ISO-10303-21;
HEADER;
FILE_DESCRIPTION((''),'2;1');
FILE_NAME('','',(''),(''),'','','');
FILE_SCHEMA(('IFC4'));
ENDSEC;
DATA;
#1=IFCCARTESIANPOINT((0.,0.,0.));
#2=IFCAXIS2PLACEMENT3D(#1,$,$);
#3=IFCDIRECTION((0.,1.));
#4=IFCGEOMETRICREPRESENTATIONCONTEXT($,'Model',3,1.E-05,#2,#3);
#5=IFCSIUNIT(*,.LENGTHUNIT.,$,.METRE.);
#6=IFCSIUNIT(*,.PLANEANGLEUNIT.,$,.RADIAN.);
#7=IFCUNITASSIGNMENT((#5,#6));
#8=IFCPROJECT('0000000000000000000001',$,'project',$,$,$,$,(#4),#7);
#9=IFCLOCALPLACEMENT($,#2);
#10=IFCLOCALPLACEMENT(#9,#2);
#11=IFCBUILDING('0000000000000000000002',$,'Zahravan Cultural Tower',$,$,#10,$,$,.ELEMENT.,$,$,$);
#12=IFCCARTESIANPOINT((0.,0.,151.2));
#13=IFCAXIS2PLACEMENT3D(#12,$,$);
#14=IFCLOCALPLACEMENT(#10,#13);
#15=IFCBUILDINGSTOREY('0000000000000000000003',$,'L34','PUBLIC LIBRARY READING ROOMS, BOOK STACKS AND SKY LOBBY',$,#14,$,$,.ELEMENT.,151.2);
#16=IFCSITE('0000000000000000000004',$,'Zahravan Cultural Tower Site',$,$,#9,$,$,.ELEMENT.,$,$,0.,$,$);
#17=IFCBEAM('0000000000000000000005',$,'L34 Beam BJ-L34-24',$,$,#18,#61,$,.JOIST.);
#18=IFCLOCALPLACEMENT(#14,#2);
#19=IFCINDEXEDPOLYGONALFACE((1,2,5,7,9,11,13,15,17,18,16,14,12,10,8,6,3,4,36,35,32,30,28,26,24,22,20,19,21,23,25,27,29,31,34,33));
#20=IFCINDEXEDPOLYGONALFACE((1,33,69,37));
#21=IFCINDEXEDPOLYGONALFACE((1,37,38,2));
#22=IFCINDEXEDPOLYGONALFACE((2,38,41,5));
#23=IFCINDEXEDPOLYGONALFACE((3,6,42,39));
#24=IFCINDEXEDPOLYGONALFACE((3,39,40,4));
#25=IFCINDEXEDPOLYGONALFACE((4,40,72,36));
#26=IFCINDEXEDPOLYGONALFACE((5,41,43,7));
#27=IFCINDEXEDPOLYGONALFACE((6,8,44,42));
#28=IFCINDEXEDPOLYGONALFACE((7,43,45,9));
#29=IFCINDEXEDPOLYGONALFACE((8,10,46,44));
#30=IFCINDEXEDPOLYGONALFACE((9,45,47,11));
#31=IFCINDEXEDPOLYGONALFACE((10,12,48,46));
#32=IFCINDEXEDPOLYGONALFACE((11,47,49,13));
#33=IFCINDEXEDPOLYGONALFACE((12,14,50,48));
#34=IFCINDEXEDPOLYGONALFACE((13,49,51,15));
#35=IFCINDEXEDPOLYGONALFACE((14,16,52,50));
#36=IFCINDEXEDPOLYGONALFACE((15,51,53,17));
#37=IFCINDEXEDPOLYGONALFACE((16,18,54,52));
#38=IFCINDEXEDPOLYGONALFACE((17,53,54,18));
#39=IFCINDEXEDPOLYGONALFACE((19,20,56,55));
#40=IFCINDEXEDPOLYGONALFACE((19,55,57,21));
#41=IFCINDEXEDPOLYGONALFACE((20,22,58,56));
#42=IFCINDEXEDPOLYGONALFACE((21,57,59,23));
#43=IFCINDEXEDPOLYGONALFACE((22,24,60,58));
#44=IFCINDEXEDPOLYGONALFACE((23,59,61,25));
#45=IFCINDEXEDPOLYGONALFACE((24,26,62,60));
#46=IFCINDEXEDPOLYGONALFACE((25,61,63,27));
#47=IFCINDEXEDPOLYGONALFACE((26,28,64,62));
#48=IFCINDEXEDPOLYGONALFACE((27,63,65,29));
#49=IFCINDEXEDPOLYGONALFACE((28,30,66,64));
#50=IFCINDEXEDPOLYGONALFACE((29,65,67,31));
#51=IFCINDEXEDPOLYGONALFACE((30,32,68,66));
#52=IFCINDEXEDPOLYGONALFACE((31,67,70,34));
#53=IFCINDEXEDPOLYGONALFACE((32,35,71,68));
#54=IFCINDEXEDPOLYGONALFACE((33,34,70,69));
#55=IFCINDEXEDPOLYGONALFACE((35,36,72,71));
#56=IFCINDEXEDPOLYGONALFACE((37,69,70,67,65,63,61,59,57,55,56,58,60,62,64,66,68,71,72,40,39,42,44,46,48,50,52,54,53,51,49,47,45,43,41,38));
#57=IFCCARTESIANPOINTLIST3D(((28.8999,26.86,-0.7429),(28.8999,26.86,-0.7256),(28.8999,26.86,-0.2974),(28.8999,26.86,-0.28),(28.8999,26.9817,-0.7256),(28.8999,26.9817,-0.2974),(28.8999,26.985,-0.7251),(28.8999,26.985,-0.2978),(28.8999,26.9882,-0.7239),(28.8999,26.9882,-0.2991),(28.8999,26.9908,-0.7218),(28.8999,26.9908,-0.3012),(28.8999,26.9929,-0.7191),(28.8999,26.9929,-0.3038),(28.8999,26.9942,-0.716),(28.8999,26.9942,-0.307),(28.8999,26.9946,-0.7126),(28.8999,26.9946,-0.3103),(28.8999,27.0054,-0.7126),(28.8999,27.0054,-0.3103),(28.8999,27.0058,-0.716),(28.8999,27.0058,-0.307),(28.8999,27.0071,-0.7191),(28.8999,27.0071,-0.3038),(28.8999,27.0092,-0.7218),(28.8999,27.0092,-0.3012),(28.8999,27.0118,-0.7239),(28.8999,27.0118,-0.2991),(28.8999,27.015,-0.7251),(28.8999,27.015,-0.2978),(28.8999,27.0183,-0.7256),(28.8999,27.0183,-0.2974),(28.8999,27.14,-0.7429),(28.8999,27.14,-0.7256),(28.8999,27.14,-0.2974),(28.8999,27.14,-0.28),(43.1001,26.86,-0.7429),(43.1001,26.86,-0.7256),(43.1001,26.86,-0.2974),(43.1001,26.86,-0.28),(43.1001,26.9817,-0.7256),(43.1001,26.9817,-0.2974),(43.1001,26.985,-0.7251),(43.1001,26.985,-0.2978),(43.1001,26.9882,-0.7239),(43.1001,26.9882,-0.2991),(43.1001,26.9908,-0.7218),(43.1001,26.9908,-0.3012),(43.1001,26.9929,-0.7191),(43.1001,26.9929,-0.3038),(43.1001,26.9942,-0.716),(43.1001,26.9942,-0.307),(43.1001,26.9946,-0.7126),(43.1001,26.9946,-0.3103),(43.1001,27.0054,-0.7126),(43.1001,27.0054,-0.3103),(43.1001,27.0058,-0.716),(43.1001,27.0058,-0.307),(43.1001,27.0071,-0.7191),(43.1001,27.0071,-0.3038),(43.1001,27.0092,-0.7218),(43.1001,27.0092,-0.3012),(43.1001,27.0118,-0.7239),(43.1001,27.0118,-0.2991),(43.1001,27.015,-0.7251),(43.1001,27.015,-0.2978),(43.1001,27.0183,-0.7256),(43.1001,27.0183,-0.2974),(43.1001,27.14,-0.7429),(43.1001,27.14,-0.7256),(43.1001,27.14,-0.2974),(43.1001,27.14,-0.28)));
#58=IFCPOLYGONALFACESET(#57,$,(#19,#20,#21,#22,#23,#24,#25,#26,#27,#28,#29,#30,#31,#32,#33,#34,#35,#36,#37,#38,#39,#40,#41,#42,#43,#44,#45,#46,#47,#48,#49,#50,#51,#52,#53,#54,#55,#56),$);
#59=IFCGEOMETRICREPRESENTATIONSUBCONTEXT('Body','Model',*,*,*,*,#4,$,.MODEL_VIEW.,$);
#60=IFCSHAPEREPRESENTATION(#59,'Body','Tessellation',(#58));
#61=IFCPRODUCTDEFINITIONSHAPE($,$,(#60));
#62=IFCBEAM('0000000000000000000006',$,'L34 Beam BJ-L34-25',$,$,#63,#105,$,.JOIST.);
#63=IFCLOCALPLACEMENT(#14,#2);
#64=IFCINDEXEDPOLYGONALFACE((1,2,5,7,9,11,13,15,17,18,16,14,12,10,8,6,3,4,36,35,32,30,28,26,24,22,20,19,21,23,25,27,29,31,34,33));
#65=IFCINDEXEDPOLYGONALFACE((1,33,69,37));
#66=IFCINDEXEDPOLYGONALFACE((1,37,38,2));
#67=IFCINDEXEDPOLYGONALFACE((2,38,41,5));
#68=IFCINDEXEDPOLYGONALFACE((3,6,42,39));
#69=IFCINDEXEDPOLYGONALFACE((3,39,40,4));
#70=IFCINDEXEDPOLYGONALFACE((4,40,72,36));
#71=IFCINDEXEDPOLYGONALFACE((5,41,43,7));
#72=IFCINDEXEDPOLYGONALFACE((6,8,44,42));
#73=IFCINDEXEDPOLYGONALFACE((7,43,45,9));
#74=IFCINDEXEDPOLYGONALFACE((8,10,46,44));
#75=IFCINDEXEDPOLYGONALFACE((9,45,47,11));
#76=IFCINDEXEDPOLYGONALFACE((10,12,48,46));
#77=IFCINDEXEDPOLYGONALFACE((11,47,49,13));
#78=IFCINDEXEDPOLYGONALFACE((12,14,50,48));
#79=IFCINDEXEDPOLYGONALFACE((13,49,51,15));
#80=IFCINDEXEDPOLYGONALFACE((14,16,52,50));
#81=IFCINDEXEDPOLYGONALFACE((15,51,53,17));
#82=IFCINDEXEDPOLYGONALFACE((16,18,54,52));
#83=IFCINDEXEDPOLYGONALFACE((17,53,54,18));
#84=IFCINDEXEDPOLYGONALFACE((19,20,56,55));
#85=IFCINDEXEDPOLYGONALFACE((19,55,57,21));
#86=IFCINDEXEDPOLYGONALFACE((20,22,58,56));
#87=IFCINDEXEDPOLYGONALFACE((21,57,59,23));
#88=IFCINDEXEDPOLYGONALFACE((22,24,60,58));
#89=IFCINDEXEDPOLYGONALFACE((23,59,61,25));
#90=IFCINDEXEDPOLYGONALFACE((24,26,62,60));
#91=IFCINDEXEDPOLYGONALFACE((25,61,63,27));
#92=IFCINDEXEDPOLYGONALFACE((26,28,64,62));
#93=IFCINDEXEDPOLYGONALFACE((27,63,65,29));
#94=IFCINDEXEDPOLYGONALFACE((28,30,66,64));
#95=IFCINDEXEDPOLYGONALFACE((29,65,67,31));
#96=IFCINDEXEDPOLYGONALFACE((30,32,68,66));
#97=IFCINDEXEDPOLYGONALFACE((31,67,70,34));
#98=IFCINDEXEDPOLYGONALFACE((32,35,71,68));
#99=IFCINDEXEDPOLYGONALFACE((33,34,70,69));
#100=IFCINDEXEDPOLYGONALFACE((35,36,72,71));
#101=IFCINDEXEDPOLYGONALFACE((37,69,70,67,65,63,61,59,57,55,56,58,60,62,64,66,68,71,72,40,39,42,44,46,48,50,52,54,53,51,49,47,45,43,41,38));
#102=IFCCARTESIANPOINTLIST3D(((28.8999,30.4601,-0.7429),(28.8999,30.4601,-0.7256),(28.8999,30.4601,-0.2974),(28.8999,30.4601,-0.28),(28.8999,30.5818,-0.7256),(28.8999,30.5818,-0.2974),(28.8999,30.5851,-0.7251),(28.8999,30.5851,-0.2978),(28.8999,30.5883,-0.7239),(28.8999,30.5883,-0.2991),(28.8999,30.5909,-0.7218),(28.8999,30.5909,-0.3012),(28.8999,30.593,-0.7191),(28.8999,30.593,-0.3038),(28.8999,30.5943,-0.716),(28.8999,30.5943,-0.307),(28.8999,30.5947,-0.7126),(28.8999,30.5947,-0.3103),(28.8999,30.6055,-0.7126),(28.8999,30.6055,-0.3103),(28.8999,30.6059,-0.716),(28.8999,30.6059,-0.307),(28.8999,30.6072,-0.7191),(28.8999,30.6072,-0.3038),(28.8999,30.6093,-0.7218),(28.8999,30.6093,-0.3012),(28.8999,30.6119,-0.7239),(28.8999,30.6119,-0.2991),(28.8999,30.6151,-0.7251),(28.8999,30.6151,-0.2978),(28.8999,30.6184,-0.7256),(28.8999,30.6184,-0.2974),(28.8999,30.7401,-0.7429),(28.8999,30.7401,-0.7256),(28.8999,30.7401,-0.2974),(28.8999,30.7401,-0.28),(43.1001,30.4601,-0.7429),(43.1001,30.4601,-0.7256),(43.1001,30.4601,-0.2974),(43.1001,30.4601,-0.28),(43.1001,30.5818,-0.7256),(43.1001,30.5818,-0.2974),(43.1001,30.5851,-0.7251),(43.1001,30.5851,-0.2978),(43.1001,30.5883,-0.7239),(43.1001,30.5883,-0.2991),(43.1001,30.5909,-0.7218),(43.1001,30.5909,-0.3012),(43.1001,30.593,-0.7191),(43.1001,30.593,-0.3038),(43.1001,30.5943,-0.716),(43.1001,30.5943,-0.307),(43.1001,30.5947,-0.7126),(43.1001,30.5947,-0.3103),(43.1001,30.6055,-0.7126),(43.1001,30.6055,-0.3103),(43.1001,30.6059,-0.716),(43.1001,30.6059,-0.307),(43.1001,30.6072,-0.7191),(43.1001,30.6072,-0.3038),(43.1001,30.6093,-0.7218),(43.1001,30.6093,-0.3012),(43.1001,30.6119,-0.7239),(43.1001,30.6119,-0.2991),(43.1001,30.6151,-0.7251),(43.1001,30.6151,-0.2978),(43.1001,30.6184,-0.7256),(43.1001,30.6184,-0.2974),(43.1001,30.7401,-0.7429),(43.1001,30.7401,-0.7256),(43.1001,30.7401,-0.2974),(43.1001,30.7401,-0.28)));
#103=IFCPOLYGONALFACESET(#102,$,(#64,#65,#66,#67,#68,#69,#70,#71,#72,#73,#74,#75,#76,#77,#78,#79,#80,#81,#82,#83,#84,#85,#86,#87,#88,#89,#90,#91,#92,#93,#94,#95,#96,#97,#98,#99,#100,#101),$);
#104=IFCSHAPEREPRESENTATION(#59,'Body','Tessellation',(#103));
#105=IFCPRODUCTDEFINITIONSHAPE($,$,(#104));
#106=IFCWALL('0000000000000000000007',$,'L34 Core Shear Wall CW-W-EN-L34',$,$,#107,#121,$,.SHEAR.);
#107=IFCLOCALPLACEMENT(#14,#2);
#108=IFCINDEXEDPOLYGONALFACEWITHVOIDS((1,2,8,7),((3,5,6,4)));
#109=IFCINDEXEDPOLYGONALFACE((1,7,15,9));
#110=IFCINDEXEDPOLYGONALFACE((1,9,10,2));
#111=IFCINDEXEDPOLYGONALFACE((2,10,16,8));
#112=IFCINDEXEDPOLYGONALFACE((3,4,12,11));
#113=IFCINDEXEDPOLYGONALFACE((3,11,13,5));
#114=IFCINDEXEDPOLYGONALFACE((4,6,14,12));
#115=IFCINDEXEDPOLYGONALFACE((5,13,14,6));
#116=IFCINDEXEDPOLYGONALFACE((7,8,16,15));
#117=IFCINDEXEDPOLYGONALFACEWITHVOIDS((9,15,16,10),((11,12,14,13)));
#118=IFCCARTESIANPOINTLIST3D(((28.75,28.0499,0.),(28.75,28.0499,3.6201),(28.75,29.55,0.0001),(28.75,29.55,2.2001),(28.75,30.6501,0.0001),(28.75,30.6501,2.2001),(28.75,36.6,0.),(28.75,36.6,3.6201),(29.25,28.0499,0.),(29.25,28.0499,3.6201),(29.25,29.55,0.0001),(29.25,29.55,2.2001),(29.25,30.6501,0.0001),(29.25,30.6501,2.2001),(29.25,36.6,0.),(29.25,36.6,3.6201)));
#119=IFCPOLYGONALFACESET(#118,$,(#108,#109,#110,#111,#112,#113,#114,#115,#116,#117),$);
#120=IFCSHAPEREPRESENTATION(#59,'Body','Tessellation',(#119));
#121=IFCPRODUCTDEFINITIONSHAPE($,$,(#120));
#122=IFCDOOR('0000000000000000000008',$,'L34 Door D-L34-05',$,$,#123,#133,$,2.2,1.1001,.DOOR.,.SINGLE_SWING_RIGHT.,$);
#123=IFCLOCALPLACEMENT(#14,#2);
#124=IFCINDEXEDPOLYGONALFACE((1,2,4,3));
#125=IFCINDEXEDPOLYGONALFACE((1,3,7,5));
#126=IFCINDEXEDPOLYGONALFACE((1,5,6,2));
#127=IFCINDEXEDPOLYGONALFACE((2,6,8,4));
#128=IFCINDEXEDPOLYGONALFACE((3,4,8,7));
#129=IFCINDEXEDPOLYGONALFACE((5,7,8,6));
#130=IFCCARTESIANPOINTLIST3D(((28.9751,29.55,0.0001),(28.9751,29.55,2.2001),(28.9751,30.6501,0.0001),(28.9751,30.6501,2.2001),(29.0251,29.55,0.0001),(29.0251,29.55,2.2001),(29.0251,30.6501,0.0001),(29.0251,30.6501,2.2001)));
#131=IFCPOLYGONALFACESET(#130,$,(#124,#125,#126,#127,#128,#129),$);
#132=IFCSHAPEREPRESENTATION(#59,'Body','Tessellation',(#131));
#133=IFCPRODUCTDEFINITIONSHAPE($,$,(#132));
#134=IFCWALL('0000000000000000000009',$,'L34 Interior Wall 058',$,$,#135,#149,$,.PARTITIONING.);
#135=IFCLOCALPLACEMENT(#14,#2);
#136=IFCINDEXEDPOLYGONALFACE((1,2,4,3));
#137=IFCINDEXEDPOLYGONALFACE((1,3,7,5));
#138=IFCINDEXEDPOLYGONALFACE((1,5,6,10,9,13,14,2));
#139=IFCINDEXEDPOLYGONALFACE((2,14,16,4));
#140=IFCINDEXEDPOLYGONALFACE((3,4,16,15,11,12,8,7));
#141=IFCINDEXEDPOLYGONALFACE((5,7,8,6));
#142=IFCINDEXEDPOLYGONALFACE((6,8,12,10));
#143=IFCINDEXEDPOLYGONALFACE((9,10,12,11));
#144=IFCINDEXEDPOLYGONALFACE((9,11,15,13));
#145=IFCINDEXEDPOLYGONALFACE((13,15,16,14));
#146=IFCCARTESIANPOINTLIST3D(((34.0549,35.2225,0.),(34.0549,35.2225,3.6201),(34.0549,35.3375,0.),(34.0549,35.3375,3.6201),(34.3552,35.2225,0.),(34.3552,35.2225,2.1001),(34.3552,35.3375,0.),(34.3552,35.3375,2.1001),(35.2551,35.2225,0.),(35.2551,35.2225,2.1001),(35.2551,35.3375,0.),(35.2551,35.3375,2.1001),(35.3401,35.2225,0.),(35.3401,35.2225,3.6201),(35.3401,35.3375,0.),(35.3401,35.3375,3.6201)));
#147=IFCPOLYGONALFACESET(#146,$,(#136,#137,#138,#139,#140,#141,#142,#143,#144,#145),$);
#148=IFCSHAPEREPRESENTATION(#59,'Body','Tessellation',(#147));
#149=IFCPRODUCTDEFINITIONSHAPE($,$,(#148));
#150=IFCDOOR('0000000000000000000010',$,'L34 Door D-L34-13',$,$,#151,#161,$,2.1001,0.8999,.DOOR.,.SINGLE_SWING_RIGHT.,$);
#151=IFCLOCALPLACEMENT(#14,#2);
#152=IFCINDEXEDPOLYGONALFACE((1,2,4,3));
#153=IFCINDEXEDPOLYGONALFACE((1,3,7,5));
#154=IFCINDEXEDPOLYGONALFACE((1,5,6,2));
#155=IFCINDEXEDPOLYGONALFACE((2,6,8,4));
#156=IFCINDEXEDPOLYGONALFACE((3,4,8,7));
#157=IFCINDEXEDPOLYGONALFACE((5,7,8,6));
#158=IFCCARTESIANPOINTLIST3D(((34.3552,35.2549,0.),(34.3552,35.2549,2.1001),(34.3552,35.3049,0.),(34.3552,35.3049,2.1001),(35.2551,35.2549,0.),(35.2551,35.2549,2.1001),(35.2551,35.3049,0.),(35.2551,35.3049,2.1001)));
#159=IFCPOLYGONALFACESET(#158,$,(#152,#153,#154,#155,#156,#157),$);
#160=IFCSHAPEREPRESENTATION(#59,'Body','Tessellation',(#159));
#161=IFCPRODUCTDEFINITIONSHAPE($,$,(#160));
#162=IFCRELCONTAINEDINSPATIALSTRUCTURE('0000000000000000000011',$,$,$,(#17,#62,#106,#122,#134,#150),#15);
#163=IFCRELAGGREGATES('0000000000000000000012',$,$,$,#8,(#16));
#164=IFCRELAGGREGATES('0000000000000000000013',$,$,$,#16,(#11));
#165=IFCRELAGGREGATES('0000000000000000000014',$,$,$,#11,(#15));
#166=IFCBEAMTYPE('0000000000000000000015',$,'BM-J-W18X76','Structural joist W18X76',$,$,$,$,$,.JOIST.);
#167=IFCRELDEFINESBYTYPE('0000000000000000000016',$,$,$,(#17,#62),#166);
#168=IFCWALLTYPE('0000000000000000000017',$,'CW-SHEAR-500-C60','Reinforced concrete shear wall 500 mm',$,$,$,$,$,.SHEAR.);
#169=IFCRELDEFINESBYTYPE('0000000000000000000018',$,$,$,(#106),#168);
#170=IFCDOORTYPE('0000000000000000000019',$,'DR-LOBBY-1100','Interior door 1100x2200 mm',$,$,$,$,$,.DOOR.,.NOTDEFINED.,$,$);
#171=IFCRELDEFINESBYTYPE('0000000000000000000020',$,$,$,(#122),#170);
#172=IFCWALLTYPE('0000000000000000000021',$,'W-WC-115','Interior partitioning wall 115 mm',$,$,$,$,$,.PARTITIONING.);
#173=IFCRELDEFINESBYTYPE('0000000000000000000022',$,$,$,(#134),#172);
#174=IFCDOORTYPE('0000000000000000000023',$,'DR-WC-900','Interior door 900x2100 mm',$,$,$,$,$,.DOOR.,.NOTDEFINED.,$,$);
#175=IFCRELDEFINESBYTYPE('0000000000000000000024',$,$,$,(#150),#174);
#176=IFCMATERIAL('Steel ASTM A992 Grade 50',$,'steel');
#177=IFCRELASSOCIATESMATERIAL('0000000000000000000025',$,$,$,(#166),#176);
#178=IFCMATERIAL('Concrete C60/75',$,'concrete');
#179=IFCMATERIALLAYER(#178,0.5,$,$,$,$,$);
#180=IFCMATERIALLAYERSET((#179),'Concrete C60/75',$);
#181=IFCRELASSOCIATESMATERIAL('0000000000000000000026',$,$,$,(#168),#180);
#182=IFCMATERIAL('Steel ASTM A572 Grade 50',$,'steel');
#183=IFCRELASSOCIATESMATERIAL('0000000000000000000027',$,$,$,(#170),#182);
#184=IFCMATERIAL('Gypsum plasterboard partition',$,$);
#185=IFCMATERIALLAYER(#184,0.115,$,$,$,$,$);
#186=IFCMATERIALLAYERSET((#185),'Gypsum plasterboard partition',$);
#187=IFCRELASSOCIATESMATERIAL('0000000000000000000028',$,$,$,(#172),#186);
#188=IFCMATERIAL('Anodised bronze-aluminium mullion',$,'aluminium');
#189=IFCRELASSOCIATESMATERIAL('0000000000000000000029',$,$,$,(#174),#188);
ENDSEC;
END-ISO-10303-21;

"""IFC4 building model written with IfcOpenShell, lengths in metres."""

from ifc_helpers import new_model, si_unit, direction, frame, frame_2d, origin, origin_2d, place, context, subcontext, project, spatial, rectangle, i_section, extrude, source, transform, mapped, material, layer, layer_set, material_profile, profile_set, type_object, element, fill, save


model = new_model("IFC4")

# Units and contexts
model_context = context("Model", 3, precision=1e-05, world=origin(), true_north=direction((0.0, 1.0)))
body_context = subcontext(model_context, "Body", "Model", "MODEL_VIEW")
ifc_project = project(units=[si_unit("LENGTHUNIT", "METRE"), si_unit("PLANEANGLEUNIT", "RADIAN")], contexts=[model_context])

# Site, building, storey
site_placement = place(None, origin())
site = spatial("IfcSite", under=ifc_project, at=site_placement, Name="Zahravan Cultural Tower Site", CompositionType="ELEMENT", RefElevation=0.0)
building_placement = place(site_placement, origin())
building = spatial("IfcBuilding", under=site, at=building_placement, Name="Zahravan Cultural Tower", CompositionType="ELEMENT")
storey_placement = place(building_placement, frame((0.0, 0.0, 151.2)))
storey = spatial("IfcBuildingStorey", under=building, at=storey_placement, Name="L34", Description="PUBLIC LIBRARY READING ROOMS, BOOK STACKS AND SKY LOBBY", CompositionType="ELEMENT", Elevation=151.2)

# Beams
ifc_material_1 = material(Name="Steel ASTM A992 Grade 50", Category="steel")
ifc_material_profile_1 = material_profile(ifc_material_1, i_section(OverallWidth=0.28, OverallDepth=0.4629, WebThickness=0.0107, FlangeThickness=0.0173, FilletRadius=0.0129, at=origin_2d()), Name="W18X76")
ifc_profile_set_1 = profile_set([ifc_material_profile_1], Name="Steel ASTM A992 Grade 50")
beam_type_1 = type_object("IfcBeamType", Name="BM-J-W18X76", Description="Structural joist W18X76", PredefinedType="JOIST", material=ifc_profile_set_1)
shared_shape_1 = source(origin(), body_context, "Body", "SweptSolid", [
    extrude(i_section(OverallWidth=0.28, OverallDepth=0.4629, WebThickness=0.0107, FlangeThickness=0.0173, FilletRadius=0.0129, at=origin_2d()), origin(), (0.0, 0.0, 1.0), 14.2002),
])
for number, where, z_axis, x_axis, name in (
    (1, (28.8999, 27.0, -0.5115), (1.0, 0.0, 0.0), (0.0, 1.0, 0.0), "L34 Beam BJ-L34-24"),
    (2, (28.8999, 30.6001, -0.5115), (1.0, 0.0, 0.0), (0.0, 1.0, 0.0), "L34 Beam BJ-L34-25"),
):
    element("IfcBeam", number, at=place(storey_placement, frame(where, z_axis=z_axis, x_axis=x_axis)), inside=storey, type_object=beam_type_1, Name=name, PredefinedType="JOIST", context=body_context, shape_type="MappedRepresentation", body=[
        mapped(shared_shape_1, transform((0.0, 0.0, 0.0), x_axis=(1.0, 0.0, 0.0), y_axis=(0.0, 1.0, 0.0), z_axis=(0.0, 0.0, 1.0), scale=1.0)),
    ])

# Walls, openings, doors
ifc_material_2 = material(Name="Concrete C60/75", Category="concrete")
ifc_layer_1 = layer(ifc_material_2, 0.5)
ifc_layer_set_1 = layer_set([ifc_layer_1], Name="Concrete C60/75")
wall_type_1 = type_object("IfcWallType", Name="CW-SHEAR-500-C60", Description="Reinforced concrete shear wall 500 mm", PredefinedType="SHEAR", material=ifc_layer_set_1)
wall_1_placement = place(storey_placement, frame((29.0, 28.05, 0.0), z_axis=(0.0, 0.0, 1.0), x_axis=(0.0, 1.0, 0.0)))
wall_1 = element("IfcWall", 3, at=wall_1_placement, inside=storey, type_object=wall_type_1, Name="L34 Core Shear Wall CW-W-EN-L34", PredefinedType="SHEAR", context=body_context, shape_type="SweptSolid", body=[
    extrude(rectangle(XDim=8.55, YDim=0.5, at=frame_2d((4.2749, 0.0))), origin(), (0.0, 0.0, 1.0), 3.6201),
])
opening_1_placement = place(wall_1_placement, frame((1.5, 0.0, 0.0)))
opening_1 = element("IfcOpeningElement", 4, at=opening_1_placement, cuts=wall_1, PredefinedType="OPENING", context=body_context, shape_type="SweptSolid", body=[
    extrude(rectangle(XDim=1.1001, YDim=2.2, at=frame_2d((0.55, 1.1001))), frame((0.0, 0.26, 0.0), z_axis=(0.0, -1.0, 0.0), x_axis=(1.0, 0.0, 0.0)), (0.0, 0.0, 1.0), 0.52),
])
ifc_material_3 = material(Name="Steel ASTM A572 Grade 50", Category="steel")
door_type_1 = type_object("IfcDoorType", Name="DR-LOBBY-1100", Description="Interior door 1100x2200 mm", OperationType="NOTDEFINED", PredefinedType="DOOR", material=ifc_material_3)
shared_shape_2 = source(origin(), body_context, "Body", "SweptSolid", [
    extrude(rectangle(XDim=1.1001, YDim=2.2, at=frame_2d((0.55, 1.1001))), frame((0.0, 0.0249, 0.0), z_axis=(0.0, -1.0, 0.0), x_axis=(1.0, 0.0, 0.0)), (0.0, 0.0, 1.0), 0.05),
])
door_1_placement = place(opening_1_placement, origin())
door_1 = element("IfcDoor", 5, at=door_1_placement, inside=storey, type_object=door_type_1, Name="L34 Door D-L34-05", OperationType="SINGLE_SWING_RIGHT", OverallHeight=2.2, OverallWidth=1.1001, PredefinedType="DOOR", context=body_context, shape_type="MappedRepresentation", body=[
    mapped(shared_shape_2, transform((0.0, 0.0, 0.0), x_axis=(1.0, 0.0, 0.0), y_axis=(0.0, 1.0, 0.0), z_axis=(0.0, 0.0, 1.0), scale=1.0)),
])
fill(opening_1, door_1)
ifc_material_4 = material(Name="Gypsum plasterboard partition")
ifc_material_5 = material(Name="Anodised bronze-aluminium mullion", Category="aluminium")
ifc_layer_2 = layer(ifc_material_4, 0.115)
ifc_layer_set_2 = layer_set([ifc_layer_2], Name="Gypsum plasterboard partition")
wall_type_2 = type_object("IfcWallType", Name="W-WC-115", Description="Interior partitioning wall 115 mm", PredefinedType="PARTITIONING", material=ifc_layer_set_2)
wall_2_placement = place(storey_placement, frame((34.0549, 35.28, 0.0), z_axis=(0.0, 0.0, 1.0), x_axis=(1.0, 0.0, 0.0)))
wall_2 = element("IfcWall", 6, at=wall_2_placement, inside=storey, type_object=wall_type_2, Name="L34 Interior Wall 058", PredefinedType="PARTITIONING", context=body_context, shape_type="SweptSolid", body=[
    extrude(rectangle(XDim=1.2852, YDim=0.115, at=frame_2d((0.6426, 0.0))), origin(), (0.0, 0.0, 1.0), 3.6201),
])
opening_2_placement = place(wall_2_placement, frame((0.3003, 0.0, 0.0)))
opening_2 = element("IfcOpeningElement", 7, at=opening_2_placement, cuts=wall_2, PredefinedType="OPENING", context=body_context, shape_type="SweptSolid", body=[
    extrude(rectangle(XDim=0.8999, YDim=2.1001, at=frame_2d((0.45, 1.05))), frame((0.0, 0.0674, 0.0), z_axis=(0.0, -1.0, 0.0), x_axis=(1.0, 0.0, 0.0)), (0.0, 0.0, 1.0), 0.135),
])
door_type_2 = type_object("IfcDoorType", Name="DR-WC-900", Description="Interior door 900x2100 mm", OperationType="NOTDEFINED", PredefinedType="DOOR", material=ifc_material_5)
shared_shape_3 = source(origin(), body_context, "Body", "SweptSolid", [
    extrude(rectangle(XDim=0.8999, YDim=2.1001, at=frame_2d((0.45, 1.05))), frame((0.0, 0.0249, 0.0), z_axis=(0.0, -1.0, 0.0), x_axis=(1.0, 0.0, 0.0)), (0.0, 0.0, 1.0), 0.05),
])
door_2_placement = place(opening_2_placement, origin())
door_2 = element("IfcDoor", 8, at=door_2_placement, inside=storey, type_object=door_type_2, Name="L34 Door D-L34-13", OperationType="SINGLE_SWING_RIGHT", OverallHeight=2.1001, OverallWidth=0.8999, PredefinedType="DOOR", context=body_context, shape_type="MappedRepresentation", body=[
    mapped(shared_shape_3, transform((0.0, 0.0, 0.0), x_axis=(1.0, 0.0, 0.0), y_axis=(0.0, 1.0, 0.0), z_axis=(0.0, 0.0, 1.0), scale=1.0)),
])
fill(opening_2, door_2)

save(model, "model.ifc")
